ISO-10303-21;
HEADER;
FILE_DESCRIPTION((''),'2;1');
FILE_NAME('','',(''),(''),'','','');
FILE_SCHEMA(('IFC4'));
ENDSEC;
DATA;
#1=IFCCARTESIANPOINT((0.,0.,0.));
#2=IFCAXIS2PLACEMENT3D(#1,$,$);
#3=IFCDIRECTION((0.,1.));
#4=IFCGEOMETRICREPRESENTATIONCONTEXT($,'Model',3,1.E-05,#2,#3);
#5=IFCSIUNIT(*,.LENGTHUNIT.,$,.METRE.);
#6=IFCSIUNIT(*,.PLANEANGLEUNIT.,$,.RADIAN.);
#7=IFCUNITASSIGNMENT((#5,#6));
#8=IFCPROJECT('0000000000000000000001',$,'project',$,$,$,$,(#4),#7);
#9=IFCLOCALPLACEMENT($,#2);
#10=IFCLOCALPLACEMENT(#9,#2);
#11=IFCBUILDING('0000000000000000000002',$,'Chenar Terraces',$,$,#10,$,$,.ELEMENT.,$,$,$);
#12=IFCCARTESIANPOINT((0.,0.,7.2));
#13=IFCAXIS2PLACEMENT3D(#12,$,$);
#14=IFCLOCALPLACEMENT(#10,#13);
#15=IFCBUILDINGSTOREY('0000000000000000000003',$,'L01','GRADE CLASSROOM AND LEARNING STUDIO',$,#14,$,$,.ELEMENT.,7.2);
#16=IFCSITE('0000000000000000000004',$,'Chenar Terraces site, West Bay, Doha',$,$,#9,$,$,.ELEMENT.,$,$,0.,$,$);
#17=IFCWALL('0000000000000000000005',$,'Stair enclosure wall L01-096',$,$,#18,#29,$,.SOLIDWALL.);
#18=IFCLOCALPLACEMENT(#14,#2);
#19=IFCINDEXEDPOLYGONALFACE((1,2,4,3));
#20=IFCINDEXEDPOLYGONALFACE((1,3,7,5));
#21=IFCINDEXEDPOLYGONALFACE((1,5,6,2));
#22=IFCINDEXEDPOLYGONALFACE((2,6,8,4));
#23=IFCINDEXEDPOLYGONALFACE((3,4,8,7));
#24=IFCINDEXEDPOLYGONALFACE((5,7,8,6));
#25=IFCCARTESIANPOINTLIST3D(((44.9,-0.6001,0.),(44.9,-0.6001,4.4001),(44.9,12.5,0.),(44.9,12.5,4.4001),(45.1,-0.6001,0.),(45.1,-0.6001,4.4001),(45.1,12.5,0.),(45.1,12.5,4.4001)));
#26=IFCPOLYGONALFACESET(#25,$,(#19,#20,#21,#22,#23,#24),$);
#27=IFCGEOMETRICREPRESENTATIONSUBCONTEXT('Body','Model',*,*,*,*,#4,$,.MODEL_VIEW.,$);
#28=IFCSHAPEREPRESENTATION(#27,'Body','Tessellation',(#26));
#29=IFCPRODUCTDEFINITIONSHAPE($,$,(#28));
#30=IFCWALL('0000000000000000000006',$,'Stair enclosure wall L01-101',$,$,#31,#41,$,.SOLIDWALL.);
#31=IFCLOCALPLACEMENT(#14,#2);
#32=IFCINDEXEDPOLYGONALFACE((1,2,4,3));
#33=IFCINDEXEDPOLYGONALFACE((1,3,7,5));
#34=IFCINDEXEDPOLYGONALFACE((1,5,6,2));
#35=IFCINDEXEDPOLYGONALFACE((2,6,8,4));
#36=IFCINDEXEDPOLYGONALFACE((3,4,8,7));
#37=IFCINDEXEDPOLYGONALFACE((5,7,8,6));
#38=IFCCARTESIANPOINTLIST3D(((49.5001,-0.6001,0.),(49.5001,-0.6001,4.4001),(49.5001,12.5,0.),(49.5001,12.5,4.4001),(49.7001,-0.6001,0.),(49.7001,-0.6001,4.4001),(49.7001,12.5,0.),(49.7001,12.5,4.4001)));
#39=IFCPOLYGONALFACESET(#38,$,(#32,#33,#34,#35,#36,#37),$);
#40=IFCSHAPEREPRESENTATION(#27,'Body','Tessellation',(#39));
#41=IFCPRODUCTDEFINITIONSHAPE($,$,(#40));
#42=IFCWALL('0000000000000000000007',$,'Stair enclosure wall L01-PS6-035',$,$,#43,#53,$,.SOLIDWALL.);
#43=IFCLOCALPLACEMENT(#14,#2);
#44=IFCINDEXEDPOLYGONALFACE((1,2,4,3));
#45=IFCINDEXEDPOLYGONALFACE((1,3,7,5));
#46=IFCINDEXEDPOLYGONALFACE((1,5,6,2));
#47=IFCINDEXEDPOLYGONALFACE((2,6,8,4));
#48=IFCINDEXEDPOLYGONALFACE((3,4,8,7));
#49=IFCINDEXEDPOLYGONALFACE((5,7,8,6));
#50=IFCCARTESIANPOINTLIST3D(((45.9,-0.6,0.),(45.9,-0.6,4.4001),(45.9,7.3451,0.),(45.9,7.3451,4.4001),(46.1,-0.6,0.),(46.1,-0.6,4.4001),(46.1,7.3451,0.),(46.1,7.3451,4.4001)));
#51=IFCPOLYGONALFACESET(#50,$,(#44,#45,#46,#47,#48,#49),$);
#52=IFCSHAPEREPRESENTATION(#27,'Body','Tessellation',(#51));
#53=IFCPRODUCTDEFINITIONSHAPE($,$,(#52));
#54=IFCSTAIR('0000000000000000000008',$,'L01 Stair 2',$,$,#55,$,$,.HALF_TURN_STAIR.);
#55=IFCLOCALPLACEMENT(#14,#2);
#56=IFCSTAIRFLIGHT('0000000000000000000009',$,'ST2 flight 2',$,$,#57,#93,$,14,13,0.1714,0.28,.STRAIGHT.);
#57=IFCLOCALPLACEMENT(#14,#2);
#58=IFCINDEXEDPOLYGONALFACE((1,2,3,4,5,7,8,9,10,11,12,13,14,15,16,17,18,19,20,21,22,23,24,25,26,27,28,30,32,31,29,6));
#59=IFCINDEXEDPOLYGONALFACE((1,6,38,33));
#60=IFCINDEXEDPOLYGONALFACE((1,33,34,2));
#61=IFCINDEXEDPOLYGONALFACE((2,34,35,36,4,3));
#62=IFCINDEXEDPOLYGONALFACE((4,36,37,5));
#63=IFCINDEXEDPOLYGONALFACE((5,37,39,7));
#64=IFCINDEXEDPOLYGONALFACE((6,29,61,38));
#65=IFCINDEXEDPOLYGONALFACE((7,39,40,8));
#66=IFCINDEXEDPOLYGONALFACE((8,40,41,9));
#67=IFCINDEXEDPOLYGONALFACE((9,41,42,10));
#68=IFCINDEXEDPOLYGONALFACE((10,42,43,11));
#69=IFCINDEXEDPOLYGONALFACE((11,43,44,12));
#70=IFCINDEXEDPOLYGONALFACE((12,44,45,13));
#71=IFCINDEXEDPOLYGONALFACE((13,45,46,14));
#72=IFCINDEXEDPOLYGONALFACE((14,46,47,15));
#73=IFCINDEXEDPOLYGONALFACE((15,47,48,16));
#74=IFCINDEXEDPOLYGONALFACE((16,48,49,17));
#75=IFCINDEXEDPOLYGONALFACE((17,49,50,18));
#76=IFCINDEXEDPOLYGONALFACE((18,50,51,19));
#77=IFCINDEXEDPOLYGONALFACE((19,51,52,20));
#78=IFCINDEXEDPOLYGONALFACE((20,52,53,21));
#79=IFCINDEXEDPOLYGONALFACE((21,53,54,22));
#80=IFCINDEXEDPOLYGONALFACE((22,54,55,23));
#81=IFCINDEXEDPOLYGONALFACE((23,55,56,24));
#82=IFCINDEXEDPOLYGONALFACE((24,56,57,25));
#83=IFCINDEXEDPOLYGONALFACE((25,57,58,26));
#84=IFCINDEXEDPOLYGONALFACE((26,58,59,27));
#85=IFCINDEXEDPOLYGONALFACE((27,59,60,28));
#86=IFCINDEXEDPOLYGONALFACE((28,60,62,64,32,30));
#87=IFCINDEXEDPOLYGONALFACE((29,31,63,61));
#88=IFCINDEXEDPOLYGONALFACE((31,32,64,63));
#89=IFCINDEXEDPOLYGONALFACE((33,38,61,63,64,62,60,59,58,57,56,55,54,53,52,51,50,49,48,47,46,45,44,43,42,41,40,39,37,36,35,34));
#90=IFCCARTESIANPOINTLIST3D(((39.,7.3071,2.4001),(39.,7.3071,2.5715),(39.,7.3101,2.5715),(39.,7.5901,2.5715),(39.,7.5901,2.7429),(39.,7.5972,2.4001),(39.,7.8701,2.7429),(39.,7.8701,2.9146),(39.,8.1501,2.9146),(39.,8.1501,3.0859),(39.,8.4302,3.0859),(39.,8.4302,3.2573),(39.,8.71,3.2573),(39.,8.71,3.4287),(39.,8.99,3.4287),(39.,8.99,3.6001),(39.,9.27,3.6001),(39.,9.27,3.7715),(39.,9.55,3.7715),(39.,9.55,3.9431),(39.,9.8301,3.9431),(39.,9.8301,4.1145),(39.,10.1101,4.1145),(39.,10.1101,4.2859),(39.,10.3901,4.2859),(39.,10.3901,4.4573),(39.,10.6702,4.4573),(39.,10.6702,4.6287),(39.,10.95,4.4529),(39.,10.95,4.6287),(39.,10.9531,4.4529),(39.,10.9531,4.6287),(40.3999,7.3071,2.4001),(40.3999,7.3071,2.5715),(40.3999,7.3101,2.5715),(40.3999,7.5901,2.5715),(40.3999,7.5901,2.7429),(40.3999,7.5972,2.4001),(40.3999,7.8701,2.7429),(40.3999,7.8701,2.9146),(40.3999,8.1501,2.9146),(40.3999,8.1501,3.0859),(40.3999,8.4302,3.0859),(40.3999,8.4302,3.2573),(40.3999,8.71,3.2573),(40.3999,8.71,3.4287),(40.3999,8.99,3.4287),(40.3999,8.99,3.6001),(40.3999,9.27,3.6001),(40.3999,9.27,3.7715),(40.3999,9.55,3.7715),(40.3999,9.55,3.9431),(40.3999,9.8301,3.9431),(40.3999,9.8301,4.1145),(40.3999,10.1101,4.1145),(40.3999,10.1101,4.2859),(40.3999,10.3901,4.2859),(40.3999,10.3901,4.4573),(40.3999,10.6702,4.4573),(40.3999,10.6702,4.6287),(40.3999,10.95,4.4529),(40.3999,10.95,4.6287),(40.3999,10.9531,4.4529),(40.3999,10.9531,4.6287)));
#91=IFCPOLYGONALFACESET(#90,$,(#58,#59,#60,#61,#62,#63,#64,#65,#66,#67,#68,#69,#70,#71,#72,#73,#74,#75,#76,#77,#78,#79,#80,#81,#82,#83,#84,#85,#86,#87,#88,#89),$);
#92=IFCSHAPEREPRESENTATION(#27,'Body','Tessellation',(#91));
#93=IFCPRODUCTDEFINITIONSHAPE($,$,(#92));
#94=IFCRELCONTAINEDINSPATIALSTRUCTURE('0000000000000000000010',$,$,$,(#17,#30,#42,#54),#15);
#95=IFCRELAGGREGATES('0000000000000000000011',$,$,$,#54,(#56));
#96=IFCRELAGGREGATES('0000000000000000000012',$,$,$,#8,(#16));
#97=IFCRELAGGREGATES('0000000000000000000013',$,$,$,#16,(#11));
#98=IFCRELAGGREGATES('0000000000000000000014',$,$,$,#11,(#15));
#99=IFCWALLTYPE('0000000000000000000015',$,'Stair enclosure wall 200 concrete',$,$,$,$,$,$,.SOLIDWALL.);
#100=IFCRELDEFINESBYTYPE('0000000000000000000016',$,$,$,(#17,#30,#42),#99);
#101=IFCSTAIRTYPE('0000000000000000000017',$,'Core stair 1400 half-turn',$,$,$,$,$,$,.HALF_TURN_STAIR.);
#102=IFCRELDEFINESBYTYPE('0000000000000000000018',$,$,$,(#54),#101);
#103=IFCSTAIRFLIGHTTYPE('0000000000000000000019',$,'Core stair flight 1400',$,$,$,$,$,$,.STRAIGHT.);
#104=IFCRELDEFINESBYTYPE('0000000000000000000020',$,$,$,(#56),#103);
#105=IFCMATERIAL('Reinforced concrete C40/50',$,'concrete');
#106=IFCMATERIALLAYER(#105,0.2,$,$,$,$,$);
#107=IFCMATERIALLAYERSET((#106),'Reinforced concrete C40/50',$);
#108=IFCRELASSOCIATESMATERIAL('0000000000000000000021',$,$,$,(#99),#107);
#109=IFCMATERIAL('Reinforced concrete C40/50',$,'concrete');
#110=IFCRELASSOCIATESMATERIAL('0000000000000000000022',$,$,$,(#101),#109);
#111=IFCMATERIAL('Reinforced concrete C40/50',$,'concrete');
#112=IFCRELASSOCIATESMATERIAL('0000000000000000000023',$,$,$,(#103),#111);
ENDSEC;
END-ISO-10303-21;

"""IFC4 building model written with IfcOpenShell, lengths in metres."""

from ifc_helpers import new_model, si_unit, direction, frame, frame_2d, origin, place, context, subcontext, project, spatial, polyline, rectangle, outline, extrude, material, layer, layer_set, type_object, element, aggregate, save


model = new_model("IFC4")

# Units and contexts
model_context = context("Model", 3, precision=1e-05, world=origin(), true_north=direction((0.0, 1.0)))
body_context = subcontext(model_context, "Body", "Model", "MODEL_VIEW")
ifc_project = project(units=[si_unit("LENGTHUNIT", "METRE"), si_unit("PLANEANGLEUNIT", "RADIAN")], contexts=[model_context])

# Site, building, storey
site_placement = place(None, origin())
site = spatial("IfcSite", under=ifc_project, at=site_placement, Name="Chenar Terraces site, West Bay, Doha", CompositionType="ELEMENT", RefElevation=0.0)
building_placement = place(site_placement, origin())
building = spatial("IfcBuilding", under=site, at=building_placement, Name="Chenar Terraces", CompositionType="ELEMENT")
storey_placement = place(building_placement, frame((0.0, 0.0, 7.2)))
storey = spatial("IfcBuildingStorey", under=building, at=storey_placement, Name="L01", Description="GRADE CLASSROOM AND LEARNING STUDIO", CompositionType="ELEMENT", Elevation=7.2)

# Shared definitions
placement = place(storey_placement, origin())

# Walls
ifc_material_1 = material(Name="Reinforced concrete C40/50", Category="concrete")
ifc_layer_1 = layer(ifc_material_1, 0.2)
ifc_layer_set_1 = layer_set([ifc_layer_1], Name="Reinforced concrete C40/50")
wall_type_1 = type_object("IfcWallType", Name="Stair enclosure wall 200 concrete", PredefinedType="SOLIDWALL", material=ifc_layer_set_1)
for number, where, z_axis, x_axis, name in (
    (1, (45.0, -0.6001, 0.0), (0.0, 0.0, 1.0), (0.0, 1.0, 0.0), "Stair enclosure wall L01-096"),
    (2, (49.6001, -0.6001, 0.0), (0.0, 0.0, 1.0), (0.0, 1.0, 0.0), "Stair enclosure wall L01-101"),
):
    element("IfcWall", number, at=place(storey_placement, frame(where, z_axis=z_axis, x_axis=x_axis)), inside=storey, type_object=wall_type_1, Name=name, PredefinedType="SOLIDWALL", context=body_context, shape_type="SweptSolid", body=[
        extrude(rectangle(XDim=13.1001, YDim=0.2, at=frame_2d((6.55, 0.0))), origin(), (0.0, 0.0, 1.0), 4.4001),
    ])
wall_1_placement = place(storey_placement, frame((46.0, -0.6001, 0.0), z_axis=(0.0, 0.0, 1.0), x_axis=(0.0, 1.0, 0.0)))
element("IfcWall", 3, at=wall_1_placement, inside=storey, type_object=wall_type_1, Name="Stair enclosure wall L01-PS6-035", PredefinedType="SOLIDWALL", context=body_context, shape_type="SweptSolid", body=[
    extrude(rectangle(XDim=7.9451, YDim=0.2, at=frame_2d((3.9727, 0.0))), origin(), (0.0, 0.0, 1.0), 4.4001),
])

# Stair, stair flight
ifc_material_2 = material(Name="Reinforced concrete C40/50", Category="concrete")
stair_type = type_object("IfcStairType", Name="Core stair 1400 half-turn", PredefinedType="HALF_TURN_STAIR", material=ifc_material_2)
stair = element("IfcStair", 4, at=placement, inside=storey, type_object=stair_type, Name="L01 Stair 2", PredefinedType="HALF_TURN_STAIR")
ifc_material_3 = material(Name="Reinforced concrete C40/50", Category="concrete")
stair_flight_type = type_object("IfcStairFlightType", Name="Core stair flight 1400", PredefinedType="STRAIGHT", material=ifc_material_3)
stair_flight_placement = place(storey_placement, frame((39.7, 7.3101, 2.4001), z_axis=(0.0, 0.0, 1.0), x_axis=(0.0, 1.0, 0.0)))
stair_flight = element("IfcStairFlight", 5, at=stair_flight_placement, type_object=stair_flight_type, Name="ST2 flight 2", NumberOfRisers=14, NumberOfTreads=13, PredefinedType="STRAIGHT", RiserHeight=0.1714, TreadLength=0.28, context=body_context, shape_type="SweptSolid", body=[
    extrude(outline(polyline([(-0.0029, 0.0), (-0.0029, 0.1714), (0.0, 0.1714), (0.28, 0.1714), (0.28, 0.3428), (0.5601, 0.3428), (0.5601, 0.5144), (0.8401, 0.5144), (0.8401, 0.6858), (1.1201, 0.6858), (1.1201, 0.8572), (1.3999, 0.8572), (1.3999, 1.0286), (1.6799, 1.0286), (1.6799, 1.2), (1.96, 1.2), (1.96, 1.3713), (2.24, 1.3713), (2.24, 1.543), (2.52, 1.543), (2.52, 1.7144), (2.8, 1.7144), (2.8, 1.8857), (3.0801, 1.8857), (3.0801, 2.0571), (3.3601, 2.0571), (3.3601, 2.2285), (3.6399, 2.2285), (3.6431, 2.2285), (3.6431, 2.0527), (3.6399, 2.0527), (0.2871, 0.0), (-0.0029, 0.0)])), frame((0.0, 0.7, 0.0), z_axis=(0.0, -1.0, 0.0), x_axis=(1.0, 0.0, 0.0)), (0.0, 0.0, 1.0), 1.3999),
])
aggregate(stair, [stair_flight])

save(model, "model.ifc")
